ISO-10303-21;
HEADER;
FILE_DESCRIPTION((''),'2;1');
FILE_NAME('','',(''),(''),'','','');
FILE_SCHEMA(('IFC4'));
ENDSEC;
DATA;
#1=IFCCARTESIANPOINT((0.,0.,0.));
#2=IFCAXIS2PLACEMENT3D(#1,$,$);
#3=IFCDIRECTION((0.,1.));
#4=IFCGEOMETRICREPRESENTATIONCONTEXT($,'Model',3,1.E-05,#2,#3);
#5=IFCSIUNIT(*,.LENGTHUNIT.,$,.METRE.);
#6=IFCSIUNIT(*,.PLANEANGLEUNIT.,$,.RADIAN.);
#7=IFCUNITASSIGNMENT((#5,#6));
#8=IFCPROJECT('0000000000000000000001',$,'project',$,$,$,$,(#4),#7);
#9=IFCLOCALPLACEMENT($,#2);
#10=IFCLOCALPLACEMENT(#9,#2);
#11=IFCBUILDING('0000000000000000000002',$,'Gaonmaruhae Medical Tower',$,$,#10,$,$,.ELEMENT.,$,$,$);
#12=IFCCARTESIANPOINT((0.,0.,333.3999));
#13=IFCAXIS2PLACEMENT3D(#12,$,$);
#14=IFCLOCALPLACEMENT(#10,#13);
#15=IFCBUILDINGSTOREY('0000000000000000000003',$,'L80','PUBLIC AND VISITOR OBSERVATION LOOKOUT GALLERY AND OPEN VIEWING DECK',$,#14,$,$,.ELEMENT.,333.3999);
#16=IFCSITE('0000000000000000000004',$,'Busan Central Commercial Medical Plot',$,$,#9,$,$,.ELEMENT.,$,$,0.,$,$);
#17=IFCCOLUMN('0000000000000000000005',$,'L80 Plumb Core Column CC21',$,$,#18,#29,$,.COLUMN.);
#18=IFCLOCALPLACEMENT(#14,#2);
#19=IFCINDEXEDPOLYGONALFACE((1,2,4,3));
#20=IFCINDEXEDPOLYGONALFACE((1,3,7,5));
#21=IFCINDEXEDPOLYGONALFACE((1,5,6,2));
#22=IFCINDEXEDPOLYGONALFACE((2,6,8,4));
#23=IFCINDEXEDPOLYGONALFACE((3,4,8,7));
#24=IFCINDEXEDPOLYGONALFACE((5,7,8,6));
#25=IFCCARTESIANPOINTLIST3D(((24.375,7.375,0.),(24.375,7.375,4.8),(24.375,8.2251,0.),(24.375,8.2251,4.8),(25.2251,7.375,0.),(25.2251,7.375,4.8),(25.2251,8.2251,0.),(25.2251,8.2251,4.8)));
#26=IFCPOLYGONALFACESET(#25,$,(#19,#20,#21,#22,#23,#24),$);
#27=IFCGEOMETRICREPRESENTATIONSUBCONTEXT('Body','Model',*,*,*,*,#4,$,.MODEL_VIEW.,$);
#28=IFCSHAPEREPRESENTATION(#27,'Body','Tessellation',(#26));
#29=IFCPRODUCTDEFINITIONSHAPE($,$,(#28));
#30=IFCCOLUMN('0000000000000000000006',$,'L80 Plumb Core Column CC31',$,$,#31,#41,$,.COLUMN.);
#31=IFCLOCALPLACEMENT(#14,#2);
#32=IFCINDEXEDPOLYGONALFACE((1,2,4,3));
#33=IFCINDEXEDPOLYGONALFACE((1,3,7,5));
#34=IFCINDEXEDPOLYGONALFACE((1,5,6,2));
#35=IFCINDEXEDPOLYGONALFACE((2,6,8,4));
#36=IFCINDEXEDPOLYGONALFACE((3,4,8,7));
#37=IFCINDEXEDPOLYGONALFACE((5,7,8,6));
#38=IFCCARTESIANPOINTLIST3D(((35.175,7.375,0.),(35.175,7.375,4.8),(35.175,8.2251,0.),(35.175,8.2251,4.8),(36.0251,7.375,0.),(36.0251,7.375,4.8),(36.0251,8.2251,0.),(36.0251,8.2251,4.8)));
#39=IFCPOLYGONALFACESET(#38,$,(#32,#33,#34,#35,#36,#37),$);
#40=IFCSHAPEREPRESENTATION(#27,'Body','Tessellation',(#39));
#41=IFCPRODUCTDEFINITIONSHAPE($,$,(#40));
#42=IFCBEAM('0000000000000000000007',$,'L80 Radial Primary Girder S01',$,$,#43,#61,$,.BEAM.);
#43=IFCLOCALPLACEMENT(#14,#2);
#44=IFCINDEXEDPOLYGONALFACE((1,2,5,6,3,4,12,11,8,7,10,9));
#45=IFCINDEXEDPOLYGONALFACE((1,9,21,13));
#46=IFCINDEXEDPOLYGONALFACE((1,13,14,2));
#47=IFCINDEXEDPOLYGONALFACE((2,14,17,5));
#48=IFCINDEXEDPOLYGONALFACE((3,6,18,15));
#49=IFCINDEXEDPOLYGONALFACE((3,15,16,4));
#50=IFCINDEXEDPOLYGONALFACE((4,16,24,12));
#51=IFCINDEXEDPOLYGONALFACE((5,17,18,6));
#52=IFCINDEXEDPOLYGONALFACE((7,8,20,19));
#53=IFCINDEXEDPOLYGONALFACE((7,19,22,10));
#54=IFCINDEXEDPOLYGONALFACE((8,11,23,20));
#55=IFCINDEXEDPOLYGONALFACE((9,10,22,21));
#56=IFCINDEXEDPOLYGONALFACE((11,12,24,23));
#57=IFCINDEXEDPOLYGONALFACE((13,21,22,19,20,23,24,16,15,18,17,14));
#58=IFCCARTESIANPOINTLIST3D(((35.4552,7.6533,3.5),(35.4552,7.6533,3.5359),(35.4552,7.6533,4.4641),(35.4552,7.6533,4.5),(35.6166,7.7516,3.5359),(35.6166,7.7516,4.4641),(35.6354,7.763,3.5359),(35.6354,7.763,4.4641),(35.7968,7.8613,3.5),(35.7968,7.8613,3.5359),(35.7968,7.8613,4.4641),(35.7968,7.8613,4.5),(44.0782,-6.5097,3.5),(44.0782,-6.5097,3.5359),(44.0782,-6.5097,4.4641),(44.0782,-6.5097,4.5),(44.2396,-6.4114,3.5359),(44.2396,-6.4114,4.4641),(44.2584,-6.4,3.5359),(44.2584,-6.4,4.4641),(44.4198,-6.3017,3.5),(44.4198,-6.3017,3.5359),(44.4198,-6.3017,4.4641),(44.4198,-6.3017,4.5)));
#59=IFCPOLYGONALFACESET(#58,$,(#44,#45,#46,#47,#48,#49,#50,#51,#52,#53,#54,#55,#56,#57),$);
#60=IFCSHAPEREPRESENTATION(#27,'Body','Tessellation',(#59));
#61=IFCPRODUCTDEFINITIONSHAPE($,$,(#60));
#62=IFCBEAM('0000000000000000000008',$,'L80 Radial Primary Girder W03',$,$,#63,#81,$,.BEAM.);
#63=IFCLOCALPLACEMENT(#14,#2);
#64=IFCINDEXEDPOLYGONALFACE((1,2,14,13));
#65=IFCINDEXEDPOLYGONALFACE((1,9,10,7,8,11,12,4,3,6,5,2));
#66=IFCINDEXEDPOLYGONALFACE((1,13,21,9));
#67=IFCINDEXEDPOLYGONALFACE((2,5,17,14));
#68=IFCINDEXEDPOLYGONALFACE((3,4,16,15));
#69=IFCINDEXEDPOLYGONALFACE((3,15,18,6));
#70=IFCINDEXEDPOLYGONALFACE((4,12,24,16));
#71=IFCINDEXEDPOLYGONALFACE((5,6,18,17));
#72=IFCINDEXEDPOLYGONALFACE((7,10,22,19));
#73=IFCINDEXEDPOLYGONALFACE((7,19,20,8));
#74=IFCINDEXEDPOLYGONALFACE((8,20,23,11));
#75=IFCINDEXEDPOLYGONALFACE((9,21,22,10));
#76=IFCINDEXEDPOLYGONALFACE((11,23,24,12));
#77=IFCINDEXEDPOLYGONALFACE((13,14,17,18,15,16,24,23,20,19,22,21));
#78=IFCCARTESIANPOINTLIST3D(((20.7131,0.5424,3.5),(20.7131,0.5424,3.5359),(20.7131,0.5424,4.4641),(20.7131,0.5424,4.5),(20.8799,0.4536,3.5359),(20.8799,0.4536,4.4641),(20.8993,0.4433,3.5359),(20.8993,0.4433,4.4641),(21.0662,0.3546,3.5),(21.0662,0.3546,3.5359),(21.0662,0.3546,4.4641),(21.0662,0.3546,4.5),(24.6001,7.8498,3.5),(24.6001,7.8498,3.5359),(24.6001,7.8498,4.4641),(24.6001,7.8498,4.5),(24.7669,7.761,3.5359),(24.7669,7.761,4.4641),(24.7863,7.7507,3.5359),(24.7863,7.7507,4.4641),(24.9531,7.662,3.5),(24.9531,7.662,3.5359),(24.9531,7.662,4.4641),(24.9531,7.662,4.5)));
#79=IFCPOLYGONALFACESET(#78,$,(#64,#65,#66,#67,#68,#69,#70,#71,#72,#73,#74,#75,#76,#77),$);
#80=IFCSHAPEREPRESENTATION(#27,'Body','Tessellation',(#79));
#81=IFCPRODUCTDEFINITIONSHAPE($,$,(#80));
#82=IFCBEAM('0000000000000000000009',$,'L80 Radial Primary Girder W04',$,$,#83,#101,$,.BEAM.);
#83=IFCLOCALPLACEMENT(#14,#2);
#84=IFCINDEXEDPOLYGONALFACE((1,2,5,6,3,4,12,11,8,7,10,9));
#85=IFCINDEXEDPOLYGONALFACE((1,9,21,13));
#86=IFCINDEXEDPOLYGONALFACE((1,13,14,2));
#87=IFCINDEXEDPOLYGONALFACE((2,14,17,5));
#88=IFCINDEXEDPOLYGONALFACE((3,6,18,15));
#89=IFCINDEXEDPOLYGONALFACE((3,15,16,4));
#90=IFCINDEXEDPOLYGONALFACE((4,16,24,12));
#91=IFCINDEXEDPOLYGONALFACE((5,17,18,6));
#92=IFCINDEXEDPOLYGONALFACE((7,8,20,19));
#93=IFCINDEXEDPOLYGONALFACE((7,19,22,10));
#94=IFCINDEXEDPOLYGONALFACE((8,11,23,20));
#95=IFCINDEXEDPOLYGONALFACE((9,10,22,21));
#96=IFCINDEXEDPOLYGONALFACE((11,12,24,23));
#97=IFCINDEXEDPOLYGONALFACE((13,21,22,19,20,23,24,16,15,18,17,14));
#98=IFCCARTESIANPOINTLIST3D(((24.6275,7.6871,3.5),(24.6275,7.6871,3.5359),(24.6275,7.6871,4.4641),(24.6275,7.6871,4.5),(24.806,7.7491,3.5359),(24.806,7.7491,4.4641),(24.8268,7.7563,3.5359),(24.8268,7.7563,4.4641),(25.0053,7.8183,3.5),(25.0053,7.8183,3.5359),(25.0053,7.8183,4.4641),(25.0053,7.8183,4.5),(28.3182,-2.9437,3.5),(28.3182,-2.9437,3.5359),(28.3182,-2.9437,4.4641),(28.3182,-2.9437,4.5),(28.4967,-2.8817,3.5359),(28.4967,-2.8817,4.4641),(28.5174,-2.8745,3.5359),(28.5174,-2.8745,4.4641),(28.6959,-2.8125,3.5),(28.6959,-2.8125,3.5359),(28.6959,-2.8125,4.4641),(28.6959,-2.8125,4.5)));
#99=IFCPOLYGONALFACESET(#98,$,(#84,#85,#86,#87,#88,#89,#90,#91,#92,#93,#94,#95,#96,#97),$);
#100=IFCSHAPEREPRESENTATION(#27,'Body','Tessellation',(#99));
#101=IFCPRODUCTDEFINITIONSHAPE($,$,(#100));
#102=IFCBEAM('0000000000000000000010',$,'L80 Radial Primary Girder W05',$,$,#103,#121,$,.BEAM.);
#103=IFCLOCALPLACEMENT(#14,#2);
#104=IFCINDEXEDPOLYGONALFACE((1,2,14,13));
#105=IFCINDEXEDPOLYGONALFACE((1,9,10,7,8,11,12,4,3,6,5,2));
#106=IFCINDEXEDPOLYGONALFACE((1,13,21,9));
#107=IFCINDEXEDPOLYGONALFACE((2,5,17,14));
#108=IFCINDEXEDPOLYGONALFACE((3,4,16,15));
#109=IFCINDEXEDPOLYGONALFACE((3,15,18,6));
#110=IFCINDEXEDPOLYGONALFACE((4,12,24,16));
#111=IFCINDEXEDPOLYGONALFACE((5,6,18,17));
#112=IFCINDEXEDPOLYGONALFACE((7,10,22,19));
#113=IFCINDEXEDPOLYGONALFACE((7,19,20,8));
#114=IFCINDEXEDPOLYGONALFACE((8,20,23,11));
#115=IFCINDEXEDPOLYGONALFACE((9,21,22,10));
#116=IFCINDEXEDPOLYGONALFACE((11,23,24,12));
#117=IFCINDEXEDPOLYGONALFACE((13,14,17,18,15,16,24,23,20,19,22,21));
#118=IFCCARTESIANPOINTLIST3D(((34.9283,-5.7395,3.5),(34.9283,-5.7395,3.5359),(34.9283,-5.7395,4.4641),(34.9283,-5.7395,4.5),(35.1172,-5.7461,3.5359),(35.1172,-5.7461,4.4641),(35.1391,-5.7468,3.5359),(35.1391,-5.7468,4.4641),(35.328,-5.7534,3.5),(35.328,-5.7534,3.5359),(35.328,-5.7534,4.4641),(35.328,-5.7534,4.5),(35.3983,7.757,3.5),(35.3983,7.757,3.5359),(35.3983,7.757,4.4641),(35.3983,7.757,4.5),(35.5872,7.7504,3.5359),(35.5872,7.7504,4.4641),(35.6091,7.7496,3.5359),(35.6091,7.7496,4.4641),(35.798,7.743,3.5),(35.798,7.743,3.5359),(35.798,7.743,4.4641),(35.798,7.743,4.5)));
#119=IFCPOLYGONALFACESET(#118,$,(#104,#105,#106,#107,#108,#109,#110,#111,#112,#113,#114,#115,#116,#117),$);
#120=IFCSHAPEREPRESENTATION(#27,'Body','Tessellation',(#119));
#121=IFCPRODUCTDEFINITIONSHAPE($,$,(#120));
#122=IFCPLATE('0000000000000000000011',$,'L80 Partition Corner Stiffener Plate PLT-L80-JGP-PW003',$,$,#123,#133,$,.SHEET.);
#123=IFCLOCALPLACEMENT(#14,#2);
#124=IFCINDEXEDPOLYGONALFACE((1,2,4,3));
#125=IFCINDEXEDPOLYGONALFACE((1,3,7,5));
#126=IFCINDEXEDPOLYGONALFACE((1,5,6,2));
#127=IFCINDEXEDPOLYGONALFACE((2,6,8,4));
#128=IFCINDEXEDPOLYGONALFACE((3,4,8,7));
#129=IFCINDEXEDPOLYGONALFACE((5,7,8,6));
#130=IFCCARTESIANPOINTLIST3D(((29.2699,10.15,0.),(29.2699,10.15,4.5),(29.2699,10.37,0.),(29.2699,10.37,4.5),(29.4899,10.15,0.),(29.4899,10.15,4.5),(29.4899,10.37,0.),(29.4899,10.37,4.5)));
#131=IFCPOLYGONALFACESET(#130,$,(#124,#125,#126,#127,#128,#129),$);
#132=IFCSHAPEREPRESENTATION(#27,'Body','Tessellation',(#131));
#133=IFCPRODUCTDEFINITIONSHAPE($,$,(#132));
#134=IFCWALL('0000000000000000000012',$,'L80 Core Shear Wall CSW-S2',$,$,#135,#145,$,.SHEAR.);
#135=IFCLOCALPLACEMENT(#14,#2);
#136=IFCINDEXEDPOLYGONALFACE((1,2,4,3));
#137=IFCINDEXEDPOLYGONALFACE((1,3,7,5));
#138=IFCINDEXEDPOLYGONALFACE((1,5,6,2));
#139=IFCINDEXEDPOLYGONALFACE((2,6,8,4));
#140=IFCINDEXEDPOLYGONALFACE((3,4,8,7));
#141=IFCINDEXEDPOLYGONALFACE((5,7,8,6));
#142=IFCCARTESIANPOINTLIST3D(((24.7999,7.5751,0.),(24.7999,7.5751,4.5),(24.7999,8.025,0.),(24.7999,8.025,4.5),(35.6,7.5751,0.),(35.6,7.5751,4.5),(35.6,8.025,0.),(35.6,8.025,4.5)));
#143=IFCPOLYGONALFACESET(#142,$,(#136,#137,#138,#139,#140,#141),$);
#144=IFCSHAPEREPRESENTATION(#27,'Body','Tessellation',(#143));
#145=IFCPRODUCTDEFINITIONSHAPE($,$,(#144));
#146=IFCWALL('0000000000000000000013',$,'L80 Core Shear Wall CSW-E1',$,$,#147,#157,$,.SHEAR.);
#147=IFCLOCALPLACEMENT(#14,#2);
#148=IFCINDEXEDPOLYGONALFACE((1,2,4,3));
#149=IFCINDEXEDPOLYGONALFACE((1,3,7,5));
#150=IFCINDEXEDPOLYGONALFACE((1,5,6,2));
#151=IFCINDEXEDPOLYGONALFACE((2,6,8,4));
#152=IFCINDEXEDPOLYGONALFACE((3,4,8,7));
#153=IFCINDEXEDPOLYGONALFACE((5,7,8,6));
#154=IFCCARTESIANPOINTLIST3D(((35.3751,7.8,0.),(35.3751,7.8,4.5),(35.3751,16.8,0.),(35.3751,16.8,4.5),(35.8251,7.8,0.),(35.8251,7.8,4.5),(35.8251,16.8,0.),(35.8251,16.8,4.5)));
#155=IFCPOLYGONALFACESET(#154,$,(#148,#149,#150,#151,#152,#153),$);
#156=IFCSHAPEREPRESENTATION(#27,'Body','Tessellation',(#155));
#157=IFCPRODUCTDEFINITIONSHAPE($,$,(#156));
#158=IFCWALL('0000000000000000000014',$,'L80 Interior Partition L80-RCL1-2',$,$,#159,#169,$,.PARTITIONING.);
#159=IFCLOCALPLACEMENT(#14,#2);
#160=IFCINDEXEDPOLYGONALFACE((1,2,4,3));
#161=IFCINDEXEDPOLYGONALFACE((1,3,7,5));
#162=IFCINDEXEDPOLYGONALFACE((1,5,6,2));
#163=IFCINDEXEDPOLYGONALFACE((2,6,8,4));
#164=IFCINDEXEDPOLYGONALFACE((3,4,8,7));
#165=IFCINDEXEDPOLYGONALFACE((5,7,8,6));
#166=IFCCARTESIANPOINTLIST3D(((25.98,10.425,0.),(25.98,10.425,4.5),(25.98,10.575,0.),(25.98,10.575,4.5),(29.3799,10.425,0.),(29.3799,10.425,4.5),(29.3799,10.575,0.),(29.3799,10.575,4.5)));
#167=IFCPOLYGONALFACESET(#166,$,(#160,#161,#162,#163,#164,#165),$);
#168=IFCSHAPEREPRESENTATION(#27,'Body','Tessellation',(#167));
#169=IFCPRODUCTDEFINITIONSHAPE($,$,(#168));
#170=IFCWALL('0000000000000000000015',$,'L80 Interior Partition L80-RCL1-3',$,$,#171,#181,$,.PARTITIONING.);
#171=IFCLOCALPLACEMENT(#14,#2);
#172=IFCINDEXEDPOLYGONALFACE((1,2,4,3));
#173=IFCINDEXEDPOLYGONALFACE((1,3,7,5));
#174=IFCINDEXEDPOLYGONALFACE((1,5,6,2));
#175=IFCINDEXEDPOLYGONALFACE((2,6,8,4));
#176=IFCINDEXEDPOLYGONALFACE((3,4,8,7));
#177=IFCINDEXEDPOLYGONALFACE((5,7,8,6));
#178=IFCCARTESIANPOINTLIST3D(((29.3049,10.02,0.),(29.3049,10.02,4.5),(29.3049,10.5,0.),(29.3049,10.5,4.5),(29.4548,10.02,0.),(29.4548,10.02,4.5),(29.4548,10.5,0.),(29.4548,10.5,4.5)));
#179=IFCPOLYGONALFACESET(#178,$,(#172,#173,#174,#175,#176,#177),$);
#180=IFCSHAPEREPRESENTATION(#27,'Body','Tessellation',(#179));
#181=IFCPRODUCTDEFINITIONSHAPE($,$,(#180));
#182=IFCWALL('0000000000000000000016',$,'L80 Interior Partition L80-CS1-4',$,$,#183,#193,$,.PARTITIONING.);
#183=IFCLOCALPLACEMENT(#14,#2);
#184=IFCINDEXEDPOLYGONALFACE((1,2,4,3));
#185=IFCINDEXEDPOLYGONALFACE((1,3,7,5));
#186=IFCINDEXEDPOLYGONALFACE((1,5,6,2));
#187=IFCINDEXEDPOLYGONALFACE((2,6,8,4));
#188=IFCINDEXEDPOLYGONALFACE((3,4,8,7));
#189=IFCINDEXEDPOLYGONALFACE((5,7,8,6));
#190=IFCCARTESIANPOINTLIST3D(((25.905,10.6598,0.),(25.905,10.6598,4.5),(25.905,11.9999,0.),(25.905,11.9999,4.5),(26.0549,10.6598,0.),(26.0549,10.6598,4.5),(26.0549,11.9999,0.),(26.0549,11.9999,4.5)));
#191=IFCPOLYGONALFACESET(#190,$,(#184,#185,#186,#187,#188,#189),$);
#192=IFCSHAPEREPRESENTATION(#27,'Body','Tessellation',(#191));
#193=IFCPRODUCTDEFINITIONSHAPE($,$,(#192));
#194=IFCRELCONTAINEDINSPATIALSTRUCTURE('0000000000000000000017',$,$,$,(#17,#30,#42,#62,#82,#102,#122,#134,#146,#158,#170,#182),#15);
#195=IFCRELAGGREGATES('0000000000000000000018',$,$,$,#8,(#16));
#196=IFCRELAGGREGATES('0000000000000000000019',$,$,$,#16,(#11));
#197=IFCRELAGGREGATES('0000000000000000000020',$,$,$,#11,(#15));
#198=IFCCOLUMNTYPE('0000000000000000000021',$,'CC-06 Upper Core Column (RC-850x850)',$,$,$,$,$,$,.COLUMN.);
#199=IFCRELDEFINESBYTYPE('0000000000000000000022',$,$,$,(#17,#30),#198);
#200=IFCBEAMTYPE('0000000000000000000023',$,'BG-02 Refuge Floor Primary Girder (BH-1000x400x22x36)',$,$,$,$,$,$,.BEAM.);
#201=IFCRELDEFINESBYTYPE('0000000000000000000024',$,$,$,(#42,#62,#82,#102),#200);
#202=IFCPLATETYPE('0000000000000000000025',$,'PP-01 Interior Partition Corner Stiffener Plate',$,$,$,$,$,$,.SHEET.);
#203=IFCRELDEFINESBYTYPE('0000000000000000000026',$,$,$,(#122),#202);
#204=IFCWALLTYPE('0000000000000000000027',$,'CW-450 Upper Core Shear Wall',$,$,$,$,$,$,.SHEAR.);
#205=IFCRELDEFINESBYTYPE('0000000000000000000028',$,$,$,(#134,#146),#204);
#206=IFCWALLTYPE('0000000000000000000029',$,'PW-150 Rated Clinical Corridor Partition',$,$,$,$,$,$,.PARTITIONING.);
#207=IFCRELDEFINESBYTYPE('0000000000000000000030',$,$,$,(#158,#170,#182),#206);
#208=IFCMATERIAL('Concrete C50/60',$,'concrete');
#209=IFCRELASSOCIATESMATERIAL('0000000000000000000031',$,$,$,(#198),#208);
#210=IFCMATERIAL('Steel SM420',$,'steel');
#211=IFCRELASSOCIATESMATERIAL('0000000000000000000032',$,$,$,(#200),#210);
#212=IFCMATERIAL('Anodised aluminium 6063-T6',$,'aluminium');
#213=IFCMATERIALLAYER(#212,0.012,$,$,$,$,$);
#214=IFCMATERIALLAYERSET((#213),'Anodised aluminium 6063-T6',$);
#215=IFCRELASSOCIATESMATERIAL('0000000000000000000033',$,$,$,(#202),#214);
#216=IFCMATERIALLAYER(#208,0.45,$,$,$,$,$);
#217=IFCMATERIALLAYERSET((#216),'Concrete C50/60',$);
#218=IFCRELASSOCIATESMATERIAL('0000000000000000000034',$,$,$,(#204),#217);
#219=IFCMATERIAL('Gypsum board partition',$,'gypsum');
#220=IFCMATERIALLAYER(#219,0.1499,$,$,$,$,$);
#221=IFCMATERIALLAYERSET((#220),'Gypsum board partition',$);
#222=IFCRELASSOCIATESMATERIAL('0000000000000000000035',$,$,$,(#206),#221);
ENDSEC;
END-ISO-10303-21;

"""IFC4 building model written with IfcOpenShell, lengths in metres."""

from ifc_helpers import new_model, si_unit, direction, frame, frame_2d, origin, origin_2d, place, context, subcontext, project, spatial, rectangle, i_section, extrude, material, layer, layer_set, material_profile, profile_set, type_object, element, save


model = new_model("IFC4")

# Units and contexts
model_context = context("Model", 3, precision=1e-05, world=origin(), true_north=direction((0.0, 1.0)))
body_context = subcontext(model_context, "Body", "Model", "MODEL_VIEW")
ifc_project = project(units=[si_unit("LENGTHUNIT", "METRE"), si_unit("PLANEANGLEUNIT", "RADIAN")], contexts=[model_context])

# Site, building, storey
site_placement = place(None, origin())
site = spatial("IfcSite", under=ifc_project, at=site_placement, Name="Busan Central Commercial Medical Plot", CompositionType="ELEMENT", RefElevation=0.0)
building_placement = place(site_placement, origin())
building = spatial("IfcBuilding", under=site, at=building_placement, Name="Gaonmaruhae Medical Tower", CompositionType="ELEMENT")
storey_placement = place(building_placement, frame((0.0, 0.0, 333.3999)))
storey = spatial("IfcBuildingStorey", under=building, at=storey_placement, Name="L80", Description="PUBLIC AND VISITOR OBSERVATION LOOKOUT GALLERY AND OPEN VIEWING DECK", CompositionType="ELEMENT", Elevation=333.3999)

# Columns
ifc_material_1 = material(Name="Concrete C50/60", Category="concrete")
ifc_material_profile_1 = material_profile(ifc_material_1, rectangle(XDim=0.8501, YDim=0.8501, at=origin_2d()), Name="RC-850x850")
ifc_profile_set_1 = profile_set([ifc_material_profile_1], Name="Concrete C50/60")
column_type = type_object("IfcColumnType", Name="CC-06 Upper Core Column (RC-850x850)", PredefinedType="COLUMN", material=ifc_profile_set_1)
for number, where, z_axis, x_axis, name in (
    (1, (24.8, 7.8, 0.0), (0.0, 0.0, 1.0), (1.0, 0.0, 0.0), "L80 Plumb Core Column CC21"),
    (2, (35.6001, 7.8, 0.0), (0.0, 0.0, 1.0), (1.0, 0.0, 0.0), "L80 Plumb Core Column CC31"),
):
    element("IfcColumn", number, at=place(storey_placement, frame(where, z_axis=z_axis, x_axis=x_axis)), inside=storey, type_object=column_type, Name=name, PredefinedType="COLUMN", context=body_context, shape_type="SweptSolid", body=[
        extrude(rectangle(XDim=0.8501, YDim=0.8501, at=origin_2d()), origin(), (0.0, 0.0, 1.0), 4.8),
    ])

# Beams
ifc_material_2 = material(Name="Steel SM420", Category="steel")
ifc_material_profile_2 = material_profile(ifc_material_2, i_section(OverallWidth=0.3999, OverallDepth=1.0, WebThickness=0.022, FlangeThickness=0.0359, at=origin_2d()), Name="BH-1000x400x22x36")
ifc_profile_set_2 = profile_set([ifc_material_profile_2], Name="Steel SM420")
beam_type = type_object("IfcBeamType", Name="BG-02 Refuge Floor Primary Girder (BH-1000x400x22x36)", PredefinedType="BEAM", material=ifc_profile_set_2)
beam_1_placement = place(storey_placement, frame((35.626, 7.7573, 4.0), z_axis=(0.520037, -0.854144, 0.0), x_axis=(0.854144, 0.520037, 0.0)))
element("IfcBeam", 3, at=beam_1_placement, inside=storey, type_object=beam_type, Name="L80 Radial Primary Girder S01", PredefinedType="BEAM", context=body_context, shape_type="SweptSolid", body=[
    extrude(i_section(OverallWidth=0.3999, OverallDepth=1.0, WebThickness=0.022, FlangeThickness=0.0359, at=origin_2d()), origin(), (0.0, 0.0, 1.0), 16.5815),
])
beam_2_placement = place(storey_placement, frame((24.7766, 7.7559, 4.0), z_axis=(-0.469619, -0.882869, 0.0), x_axis=(0.882869, -0.469619, 0.0)))
element("IfcBeam", 4, at=beam_2_placement, inside=storey, type_object=beam_type, Name="L80 Radial Primary Girder W03", PredefinedType="BEAM", context=body_context, shape_type="SweptSolid", body=[
    extrude(i_section(OverallWidth=0.3999, OverallDepth=1.0, WebThickness=0.022, FlangeThickness=0.0359, at=origin_2d()), origin(), (0.0, 0.0, 1.0), 8.2769),
])
beam_3_placement = place(storey_placement, frame((24.8164, 7.7527, 4.0), z_axis=(0.327964, -0.94469, 0.0), x_axis=(0.94469, 0.327964, 0.0)))
element("IfcBeam", 5, at=beam_3_placement, inside=storey, type_object=beam_type, Name="L80 Radial Primary Girder W04", PredefinedType="BEAM", context=body_context, shape_type="SweptSolid", body=[
    extrude(i_section(OverallWidth=0.3999, OverallDepth=1.0, WebThickness=0.022, FlangeThickness=0.0359, at=origin_2d()), origin(), (0.0, 0.0, 1.0), 11.2532),
])
beam_4_placement = place(storey_placement, frame((35.5981, 7.75, 4.0), z_axis=(-0.034801, -0.999394, 0.0), x_axis=(0.999394, -0.034801, 0.0)))
element("IfcBeam", 6, at=beam_4_placement, inside=storey, type_object=beam_type, Name="L80 Radial Primary Girder W05", PredefinedType="BEAM", context=body_context, shape_type="SweptSolid", body=[
    extrude(i_section(OverallWidth=0.3999, OverallDepth=1.0, WebThickness=0.022, FlangeThickness=0.0359, at=origin_2d()), origin(), (0.0, 0.0, 1.0), 13.5046),
])

# Plate
ifc_material_3 = material(Name="Anodised aluminium 6063-T6", Category="aluminium")
ifc_layer_1 = layer(ifc_material_3, 0.012)
ifc_layer_set_1 = layer_set([ifc_layer_1], Name="Anodised aluminium 6063-T6")
plate_type = type_object("IfcPlateType", Name="PP-01 Interior Partition Corner Stiffener Plate", PredefinedType="SHEET", material=ifc_layer_set_1)
plate_placement = place(storey_placement, frame((29.3799, 10.26, 0.0), z_axis=(0.0, 0.0, 1.0), x_axis=(0.0, -1.0, 0.0)))
element("IfcPlate", 7, at=plate_placement, inside=storey, type_object=plate_type, Name="L80 Partition Corner Stiffener Plate PLT-L80-JGP-PW003", PredefinedType="SHEET", context=body_context, shape_type="SweptSolid", body=[
    extrude(rectangle(XDim=0.22, YDim=0.22, at=origin_2d()), origin(), (0.0, 0.0, 1.0), 4.5),
])

# Walls
ifc_layer_2 = layer(ifc_material_1, 0.45)
ifc_layer_set_2 = layer_set([ifc_layer_2], Name="Concrete C50/60")
wall_type_1 = type_object("IfcWallType", Name="CW-450 Upper Core Shear Wall", PredefinedType="SHEAR", material=ifc_layer_set_2)
wall_1_placement = place(storey_placement, frame((24.8, 7.8, 0.0), z_axis=(0.0, 0.0, 1.0), x_axis=(1.0, 0.0, 0.0)))
element("IfcWall", 8, at=wall_1_placement, inside=storey, type_object=wall_type_1, Name="L80 Core Shear Wall CSW-S2", PredefinedType="SHEAR", context=body_context, shape_type="SweptSolid", body=[
    extrude(rectangle(XDim=10.8, YDim=0.45, at=frame_2d((5.3999, 0.0))), origin(), (0.0, 0.0, 1.0), 4.5),
])
wall_2_placement = place(storey_placement, frame((35.6001, 7.8, 0.0), z_axis=(0.0, 0.0, 1.0), x_axis=(0.0, 1.0, 0.0)))
element("IfcWall", 9, at=wall_2_placement, inside=storey, type_object=wall_type_1, Name="L80 Core Shear Wall CSW-E1", PredefinedType="SHEAR", context=body_context, shape_type="SweptSolid", body=[
    extrude(rectangle(XDim=9.0, YDim=0.45, at=frame_2d((4.5, 0.0))), origin(), (0.0, 0.0, 1.0), 4.5),
])

# Shared definitions
ifc_material_4 = material(Name="Gypsum board partition", Category="gypsum")
ifc_layer_3 = layer(ifc_material_4, 0.1499)
ifc_layer_set_3 = layer_set([ifc_layer_3], Name="Gypsum board partition")
wall_type_2 = type_object("IfcWallType", Name="PW-150 Rated Clinical Corridor Partition", PredefinedType="PARTITIONING", material=ifc_layer_set_3)

# Walls
wall_3_placement = place(storey_placement, frame((25.98, 10.5, 0.0), z_axis=(0.0, 0.0, 1.0), x_axis=(1.0, 0.0, 0.0)))
element("IfcWall", 10, at=wall_3_placement, inside=storey, type_object=wall_type_2, Name="L80 Interior Partition L80-RCL1-2", PredefinedType="PARTITIONING", context=body_context, shape_type="SweptSolid", body=[
    extrude(rectangle(XDim=3.3999, YDim=0.1499, at=frame_2d((1.7, 0.0))), origin(), (0.0, 0.0, 1.0), 4.5),
])
wall_4_placement = place(storey_placement, frame((29.3799, 10.5, 0.0), z_axis=(0.0, 0.0, 1.0), x_axis=(0.0, -1.0, 0.0)))
element("IfcWall", 11, at=wall_4_placement, inside=storey, type_object=wall_type_2, Name="L80 Interior Partition L80-RCL1-3", PredefinedType="PARTITIONING", context=body_context, shape_type="SweptSolid", body=[
    extrude(rectangle(XDim=0.48, YDim=0.1499, at=frame_2d((0.24, 0.0))), origin(), (0.0, 0.0, 1.0), 4.5),
])
wall_5_placement = place(storey_placement, frame((25.98, 10.6599, 0.0), z_axis=(0.0, 0.0, 1.0), x_axis=(0.0, 1.0, 0.0)))
element("IfcWall", 12, at=wall_5_placement, inside=storey, type_object=wall_type_2, Name="L80 Interior Partition L80-CS1-4", PredefinedType="PARTITIONING", context=body_context, shape_type="SweptSolid", body=[
    extrude(rectangle(XDim=1.3401, YDim=0.1499, at=frame_2d((0.6699, 0.0))), origin(), (0.0, 0.0, 1.0), 4.5),
])

save(model, "model.ifc")
